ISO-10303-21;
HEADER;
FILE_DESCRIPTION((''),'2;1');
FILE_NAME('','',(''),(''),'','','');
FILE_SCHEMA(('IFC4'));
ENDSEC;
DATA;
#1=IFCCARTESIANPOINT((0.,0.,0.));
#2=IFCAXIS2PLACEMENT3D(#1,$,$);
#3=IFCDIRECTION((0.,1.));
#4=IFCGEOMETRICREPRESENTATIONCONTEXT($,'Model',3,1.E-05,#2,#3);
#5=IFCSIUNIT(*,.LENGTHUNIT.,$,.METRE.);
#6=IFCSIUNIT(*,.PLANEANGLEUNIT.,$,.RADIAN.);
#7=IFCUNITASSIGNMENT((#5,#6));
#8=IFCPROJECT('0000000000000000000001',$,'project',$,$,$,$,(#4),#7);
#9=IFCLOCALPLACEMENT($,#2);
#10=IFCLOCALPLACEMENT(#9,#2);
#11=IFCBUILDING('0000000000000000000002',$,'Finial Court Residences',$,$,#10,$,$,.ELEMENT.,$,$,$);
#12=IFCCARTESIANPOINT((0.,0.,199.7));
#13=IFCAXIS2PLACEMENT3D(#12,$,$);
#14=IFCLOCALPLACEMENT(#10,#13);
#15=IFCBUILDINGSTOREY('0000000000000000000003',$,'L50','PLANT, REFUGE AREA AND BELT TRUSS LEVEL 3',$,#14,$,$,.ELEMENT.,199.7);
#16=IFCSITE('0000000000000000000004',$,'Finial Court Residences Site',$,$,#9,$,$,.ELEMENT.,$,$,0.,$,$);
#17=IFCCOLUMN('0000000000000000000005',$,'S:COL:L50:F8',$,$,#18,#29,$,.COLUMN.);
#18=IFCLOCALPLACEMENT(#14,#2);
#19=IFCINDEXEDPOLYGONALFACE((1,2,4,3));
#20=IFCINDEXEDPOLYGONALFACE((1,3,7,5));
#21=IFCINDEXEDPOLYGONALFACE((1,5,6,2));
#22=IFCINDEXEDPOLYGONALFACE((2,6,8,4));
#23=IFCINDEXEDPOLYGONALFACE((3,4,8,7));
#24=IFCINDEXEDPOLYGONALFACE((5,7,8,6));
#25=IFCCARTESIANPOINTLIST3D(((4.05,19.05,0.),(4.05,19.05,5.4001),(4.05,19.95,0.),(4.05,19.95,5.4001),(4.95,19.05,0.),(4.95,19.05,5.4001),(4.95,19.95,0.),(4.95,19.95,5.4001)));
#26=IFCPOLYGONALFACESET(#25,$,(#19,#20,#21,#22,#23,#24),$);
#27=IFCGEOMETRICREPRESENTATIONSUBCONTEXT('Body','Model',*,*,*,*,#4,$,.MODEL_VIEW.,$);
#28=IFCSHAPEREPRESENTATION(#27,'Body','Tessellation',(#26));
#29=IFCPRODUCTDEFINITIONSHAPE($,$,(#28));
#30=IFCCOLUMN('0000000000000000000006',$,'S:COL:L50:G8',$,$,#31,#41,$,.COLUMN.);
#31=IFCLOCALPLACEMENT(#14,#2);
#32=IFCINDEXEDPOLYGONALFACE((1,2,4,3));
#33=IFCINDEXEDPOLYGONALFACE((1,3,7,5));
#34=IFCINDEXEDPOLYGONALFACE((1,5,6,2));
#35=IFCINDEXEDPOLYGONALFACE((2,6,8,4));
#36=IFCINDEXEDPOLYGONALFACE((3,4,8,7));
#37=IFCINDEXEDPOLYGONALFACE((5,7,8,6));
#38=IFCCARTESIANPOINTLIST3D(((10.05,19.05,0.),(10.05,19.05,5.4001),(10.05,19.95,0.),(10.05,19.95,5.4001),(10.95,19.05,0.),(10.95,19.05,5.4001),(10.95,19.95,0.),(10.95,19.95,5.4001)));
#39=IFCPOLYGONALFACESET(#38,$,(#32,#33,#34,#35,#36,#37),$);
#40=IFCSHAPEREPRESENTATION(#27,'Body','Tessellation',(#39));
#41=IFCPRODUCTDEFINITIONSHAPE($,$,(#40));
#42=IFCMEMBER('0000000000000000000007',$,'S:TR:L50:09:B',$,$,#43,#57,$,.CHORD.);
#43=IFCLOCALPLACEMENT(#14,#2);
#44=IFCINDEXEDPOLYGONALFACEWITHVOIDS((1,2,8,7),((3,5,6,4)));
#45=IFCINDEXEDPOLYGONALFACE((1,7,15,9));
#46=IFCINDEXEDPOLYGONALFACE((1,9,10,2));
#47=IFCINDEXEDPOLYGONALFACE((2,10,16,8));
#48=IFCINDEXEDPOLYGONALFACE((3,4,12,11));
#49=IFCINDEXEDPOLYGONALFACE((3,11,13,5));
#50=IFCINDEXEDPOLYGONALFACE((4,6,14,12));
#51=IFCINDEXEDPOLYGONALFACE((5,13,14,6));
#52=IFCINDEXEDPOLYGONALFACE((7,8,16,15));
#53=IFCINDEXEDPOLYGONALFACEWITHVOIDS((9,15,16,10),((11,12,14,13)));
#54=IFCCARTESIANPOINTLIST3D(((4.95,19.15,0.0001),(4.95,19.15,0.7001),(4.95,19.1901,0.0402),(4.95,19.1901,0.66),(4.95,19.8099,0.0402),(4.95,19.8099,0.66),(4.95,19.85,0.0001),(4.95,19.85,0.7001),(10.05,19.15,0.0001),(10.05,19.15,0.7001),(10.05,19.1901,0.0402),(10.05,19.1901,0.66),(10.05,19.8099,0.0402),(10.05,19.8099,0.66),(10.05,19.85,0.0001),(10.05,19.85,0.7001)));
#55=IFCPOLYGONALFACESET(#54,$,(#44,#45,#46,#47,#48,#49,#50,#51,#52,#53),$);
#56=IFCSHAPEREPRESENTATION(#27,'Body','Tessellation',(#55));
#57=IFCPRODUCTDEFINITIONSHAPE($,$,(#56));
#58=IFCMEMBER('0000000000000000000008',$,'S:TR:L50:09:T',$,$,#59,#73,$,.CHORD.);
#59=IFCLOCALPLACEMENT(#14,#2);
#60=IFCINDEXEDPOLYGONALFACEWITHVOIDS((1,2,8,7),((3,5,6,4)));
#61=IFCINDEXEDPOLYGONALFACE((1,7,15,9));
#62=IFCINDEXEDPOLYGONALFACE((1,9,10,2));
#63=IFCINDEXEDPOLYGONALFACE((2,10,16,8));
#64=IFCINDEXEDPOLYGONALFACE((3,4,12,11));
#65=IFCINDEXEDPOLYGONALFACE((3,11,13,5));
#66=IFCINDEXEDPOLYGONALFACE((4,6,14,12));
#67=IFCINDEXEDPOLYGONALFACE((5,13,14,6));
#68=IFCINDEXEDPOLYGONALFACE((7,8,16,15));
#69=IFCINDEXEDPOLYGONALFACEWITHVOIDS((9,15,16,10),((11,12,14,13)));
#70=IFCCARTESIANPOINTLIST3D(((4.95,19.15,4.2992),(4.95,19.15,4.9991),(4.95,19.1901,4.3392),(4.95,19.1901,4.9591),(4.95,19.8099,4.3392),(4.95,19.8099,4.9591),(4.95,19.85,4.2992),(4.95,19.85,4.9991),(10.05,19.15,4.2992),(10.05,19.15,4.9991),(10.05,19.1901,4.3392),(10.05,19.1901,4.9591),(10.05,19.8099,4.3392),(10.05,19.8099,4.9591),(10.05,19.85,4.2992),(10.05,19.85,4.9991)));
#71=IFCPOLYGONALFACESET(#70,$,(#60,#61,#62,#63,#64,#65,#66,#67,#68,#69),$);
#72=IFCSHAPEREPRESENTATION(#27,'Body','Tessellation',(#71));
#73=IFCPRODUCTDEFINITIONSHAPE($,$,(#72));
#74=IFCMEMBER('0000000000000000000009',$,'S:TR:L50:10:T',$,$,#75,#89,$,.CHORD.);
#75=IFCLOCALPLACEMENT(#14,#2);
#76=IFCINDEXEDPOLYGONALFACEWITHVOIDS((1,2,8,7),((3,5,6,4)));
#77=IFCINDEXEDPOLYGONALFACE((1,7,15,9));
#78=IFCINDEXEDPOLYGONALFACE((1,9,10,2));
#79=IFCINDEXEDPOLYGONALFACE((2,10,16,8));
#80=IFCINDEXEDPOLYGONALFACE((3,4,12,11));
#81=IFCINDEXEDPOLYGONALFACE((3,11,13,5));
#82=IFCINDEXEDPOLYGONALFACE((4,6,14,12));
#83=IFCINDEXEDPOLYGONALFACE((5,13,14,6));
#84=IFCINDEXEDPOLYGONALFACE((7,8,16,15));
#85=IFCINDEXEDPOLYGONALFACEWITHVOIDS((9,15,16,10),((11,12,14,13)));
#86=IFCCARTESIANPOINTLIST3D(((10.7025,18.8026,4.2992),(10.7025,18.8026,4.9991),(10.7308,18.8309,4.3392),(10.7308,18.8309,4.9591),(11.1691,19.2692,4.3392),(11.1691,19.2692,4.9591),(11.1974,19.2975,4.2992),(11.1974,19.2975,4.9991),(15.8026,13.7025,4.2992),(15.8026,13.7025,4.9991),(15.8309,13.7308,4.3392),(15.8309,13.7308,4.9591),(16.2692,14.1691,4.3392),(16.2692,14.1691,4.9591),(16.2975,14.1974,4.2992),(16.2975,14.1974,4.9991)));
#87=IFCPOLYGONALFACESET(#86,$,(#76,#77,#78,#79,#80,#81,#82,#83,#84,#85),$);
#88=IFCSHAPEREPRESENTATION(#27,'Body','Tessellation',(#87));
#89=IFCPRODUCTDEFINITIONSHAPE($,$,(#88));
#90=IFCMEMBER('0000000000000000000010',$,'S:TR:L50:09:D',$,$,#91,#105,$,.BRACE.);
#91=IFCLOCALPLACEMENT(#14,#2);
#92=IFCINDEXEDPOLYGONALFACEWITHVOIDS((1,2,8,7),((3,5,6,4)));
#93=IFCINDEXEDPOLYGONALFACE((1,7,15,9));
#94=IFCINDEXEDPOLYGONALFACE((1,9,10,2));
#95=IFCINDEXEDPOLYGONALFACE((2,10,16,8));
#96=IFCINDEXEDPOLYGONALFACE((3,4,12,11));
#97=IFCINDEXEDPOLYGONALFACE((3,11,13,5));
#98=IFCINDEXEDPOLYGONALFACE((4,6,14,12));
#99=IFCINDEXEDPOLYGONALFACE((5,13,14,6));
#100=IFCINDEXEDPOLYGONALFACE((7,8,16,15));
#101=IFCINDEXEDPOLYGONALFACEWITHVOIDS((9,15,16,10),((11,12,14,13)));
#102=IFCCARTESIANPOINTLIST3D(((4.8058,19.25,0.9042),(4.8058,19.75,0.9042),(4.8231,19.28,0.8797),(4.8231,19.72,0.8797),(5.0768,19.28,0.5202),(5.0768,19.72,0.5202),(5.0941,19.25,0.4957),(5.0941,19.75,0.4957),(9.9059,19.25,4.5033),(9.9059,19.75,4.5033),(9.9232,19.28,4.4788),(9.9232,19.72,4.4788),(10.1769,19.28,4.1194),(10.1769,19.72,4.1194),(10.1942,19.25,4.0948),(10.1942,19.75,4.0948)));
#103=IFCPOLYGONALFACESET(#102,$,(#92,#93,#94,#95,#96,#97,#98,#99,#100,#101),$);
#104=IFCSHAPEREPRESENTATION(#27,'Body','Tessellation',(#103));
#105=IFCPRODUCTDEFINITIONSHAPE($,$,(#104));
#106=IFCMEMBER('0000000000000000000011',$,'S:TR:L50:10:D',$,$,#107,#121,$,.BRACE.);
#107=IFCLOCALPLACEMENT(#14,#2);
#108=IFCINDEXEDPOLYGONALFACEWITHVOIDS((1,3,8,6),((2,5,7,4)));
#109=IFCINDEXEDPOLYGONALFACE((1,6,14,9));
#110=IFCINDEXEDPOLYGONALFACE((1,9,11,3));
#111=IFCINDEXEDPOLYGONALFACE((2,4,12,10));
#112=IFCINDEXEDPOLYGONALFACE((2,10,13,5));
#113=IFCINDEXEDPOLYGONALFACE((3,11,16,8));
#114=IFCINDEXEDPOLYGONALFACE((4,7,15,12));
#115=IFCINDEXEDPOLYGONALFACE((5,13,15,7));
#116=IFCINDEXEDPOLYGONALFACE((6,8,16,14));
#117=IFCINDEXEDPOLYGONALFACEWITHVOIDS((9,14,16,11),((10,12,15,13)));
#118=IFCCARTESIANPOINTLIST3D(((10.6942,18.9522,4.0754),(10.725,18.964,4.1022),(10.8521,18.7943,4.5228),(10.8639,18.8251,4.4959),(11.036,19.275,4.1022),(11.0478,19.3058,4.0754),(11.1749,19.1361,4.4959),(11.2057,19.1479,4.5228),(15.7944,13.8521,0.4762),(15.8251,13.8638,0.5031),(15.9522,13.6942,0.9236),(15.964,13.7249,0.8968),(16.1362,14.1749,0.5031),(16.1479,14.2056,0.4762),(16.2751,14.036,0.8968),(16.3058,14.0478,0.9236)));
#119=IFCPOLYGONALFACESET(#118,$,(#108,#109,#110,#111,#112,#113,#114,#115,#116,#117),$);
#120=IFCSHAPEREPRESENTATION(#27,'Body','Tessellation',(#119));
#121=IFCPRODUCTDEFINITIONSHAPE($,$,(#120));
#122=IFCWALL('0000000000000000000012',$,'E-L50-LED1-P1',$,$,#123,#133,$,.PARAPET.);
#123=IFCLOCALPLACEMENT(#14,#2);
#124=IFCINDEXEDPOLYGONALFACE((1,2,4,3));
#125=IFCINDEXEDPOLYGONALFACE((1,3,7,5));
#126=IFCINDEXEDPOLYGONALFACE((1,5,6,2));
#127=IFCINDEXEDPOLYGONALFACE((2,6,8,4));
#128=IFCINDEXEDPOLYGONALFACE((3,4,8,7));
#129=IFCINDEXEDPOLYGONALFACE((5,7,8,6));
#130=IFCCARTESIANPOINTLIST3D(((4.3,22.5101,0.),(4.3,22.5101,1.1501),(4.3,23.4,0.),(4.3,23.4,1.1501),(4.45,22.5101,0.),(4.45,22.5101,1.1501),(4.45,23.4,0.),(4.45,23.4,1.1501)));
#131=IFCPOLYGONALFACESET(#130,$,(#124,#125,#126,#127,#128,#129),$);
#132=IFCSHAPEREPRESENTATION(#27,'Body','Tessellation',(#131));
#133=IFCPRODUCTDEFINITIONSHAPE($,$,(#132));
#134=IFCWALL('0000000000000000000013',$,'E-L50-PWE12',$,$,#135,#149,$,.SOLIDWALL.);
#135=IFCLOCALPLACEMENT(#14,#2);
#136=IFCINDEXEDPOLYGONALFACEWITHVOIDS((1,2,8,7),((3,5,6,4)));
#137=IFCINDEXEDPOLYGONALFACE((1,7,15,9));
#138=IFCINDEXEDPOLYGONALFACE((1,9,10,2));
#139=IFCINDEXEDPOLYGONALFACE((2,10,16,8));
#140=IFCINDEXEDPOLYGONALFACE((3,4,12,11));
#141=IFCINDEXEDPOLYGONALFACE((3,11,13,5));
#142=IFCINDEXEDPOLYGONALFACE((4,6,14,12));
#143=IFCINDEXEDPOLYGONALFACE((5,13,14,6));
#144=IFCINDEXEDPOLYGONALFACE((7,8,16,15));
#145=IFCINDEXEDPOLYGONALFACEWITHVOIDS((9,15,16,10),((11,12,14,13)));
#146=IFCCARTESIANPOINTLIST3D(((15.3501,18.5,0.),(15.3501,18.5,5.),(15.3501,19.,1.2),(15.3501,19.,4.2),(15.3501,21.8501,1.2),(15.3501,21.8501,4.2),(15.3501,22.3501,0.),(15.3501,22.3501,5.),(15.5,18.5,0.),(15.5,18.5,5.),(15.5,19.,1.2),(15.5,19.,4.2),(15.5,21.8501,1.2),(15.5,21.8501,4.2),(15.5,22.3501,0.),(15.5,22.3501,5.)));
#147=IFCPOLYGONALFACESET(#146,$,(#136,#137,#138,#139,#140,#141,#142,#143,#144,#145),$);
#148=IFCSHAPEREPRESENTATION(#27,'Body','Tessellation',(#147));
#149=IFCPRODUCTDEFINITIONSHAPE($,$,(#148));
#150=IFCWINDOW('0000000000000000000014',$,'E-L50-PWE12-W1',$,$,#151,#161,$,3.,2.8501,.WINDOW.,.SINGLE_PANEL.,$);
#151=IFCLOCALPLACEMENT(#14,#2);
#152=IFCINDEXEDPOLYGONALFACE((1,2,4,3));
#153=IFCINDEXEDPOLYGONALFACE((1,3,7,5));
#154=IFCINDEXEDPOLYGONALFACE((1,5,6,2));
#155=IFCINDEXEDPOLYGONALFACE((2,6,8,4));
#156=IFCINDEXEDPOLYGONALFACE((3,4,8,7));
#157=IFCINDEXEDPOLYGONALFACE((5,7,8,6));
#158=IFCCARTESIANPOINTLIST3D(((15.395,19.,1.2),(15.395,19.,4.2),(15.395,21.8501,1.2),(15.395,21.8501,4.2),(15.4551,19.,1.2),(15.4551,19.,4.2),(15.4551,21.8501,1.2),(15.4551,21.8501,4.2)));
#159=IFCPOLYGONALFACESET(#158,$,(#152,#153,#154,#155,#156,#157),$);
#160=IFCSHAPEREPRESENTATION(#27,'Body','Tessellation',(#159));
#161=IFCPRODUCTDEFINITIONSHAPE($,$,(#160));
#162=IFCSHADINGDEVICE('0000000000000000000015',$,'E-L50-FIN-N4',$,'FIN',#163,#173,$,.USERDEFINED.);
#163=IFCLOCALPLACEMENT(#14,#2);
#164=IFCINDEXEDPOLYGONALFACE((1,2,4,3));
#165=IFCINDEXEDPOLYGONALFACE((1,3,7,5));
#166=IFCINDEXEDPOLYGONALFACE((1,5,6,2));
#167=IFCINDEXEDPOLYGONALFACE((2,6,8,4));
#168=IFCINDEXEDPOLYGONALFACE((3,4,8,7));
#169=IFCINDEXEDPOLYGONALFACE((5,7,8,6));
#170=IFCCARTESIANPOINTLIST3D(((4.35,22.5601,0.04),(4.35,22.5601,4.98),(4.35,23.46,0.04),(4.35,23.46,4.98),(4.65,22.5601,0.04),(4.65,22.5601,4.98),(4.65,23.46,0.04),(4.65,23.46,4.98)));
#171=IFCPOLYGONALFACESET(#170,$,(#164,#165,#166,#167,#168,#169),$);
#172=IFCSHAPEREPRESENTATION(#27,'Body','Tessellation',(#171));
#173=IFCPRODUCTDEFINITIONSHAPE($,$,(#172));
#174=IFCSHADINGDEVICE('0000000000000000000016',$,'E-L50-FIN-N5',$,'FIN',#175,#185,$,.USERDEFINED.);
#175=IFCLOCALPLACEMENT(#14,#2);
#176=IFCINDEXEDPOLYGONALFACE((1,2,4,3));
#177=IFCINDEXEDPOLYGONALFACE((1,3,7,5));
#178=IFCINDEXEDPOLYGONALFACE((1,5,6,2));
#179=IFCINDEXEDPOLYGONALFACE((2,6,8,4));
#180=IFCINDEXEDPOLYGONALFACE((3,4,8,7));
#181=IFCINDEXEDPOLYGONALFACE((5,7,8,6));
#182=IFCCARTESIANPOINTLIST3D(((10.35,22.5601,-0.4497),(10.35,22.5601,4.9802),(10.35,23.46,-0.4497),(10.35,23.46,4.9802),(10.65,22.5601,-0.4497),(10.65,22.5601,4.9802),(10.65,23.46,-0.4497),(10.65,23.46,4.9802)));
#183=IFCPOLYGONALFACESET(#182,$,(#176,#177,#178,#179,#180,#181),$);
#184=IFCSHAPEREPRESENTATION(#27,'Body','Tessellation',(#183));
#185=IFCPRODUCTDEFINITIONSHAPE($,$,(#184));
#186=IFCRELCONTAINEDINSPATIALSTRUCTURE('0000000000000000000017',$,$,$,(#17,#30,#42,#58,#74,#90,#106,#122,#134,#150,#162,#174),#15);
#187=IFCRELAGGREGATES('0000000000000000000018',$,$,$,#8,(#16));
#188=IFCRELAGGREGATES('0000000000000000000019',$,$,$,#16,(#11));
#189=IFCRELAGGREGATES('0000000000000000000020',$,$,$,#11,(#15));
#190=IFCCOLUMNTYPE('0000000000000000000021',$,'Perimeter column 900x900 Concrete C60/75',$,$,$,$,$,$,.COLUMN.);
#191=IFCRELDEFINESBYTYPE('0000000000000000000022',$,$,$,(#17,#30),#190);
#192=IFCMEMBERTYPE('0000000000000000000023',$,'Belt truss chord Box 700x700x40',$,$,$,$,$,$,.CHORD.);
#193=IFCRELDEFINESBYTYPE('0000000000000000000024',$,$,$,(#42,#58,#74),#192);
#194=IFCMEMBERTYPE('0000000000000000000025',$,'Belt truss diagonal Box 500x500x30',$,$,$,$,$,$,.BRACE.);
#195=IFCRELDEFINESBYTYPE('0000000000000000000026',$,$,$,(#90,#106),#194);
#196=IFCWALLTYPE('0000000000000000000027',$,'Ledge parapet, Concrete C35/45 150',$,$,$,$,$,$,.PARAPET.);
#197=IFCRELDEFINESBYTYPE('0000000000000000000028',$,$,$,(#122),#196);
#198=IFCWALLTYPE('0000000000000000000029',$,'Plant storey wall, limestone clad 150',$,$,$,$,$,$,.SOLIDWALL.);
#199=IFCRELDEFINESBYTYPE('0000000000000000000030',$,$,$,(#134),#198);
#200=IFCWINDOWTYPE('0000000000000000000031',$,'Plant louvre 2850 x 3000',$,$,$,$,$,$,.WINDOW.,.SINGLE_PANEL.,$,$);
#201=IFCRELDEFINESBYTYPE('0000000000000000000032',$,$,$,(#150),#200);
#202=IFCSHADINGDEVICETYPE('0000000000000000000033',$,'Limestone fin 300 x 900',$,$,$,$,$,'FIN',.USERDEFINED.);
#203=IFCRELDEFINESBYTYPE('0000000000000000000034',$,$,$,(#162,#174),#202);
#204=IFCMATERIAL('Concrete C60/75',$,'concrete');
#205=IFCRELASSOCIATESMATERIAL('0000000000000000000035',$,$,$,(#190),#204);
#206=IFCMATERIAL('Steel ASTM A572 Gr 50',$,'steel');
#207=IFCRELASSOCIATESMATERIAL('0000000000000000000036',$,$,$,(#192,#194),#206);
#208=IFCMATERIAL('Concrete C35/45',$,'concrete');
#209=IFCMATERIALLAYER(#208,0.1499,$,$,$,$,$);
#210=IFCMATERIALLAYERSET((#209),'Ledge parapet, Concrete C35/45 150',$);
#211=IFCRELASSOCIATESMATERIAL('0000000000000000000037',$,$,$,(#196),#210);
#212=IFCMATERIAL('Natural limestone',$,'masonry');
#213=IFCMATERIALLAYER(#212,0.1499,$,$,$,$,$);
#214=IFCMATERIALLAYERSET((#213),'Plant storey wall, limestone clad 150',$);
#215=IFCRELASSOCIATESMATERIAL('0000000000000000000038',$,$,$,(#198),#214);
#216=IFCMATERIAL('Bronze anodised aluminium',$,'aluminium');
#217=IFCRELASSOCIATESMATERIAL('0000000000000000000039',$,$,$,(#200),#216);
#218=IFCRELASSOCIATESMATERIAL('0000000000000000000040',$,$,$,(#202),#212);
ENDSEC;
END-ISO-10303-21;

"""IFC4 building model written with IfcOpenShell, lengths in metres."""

from ifc_helpers import new_model, si_unit, direction, frame, frame_2d, origin, origin_2d, place, context, subcontext, project, spatial, rectangle, hollow_rectangle, extrude, material, layer, layer_set, material_profile, profile_set, type_object, element, fill, save


model = new_model("IFC4")

# Units and contexts
model_context = context("Model", 3, precision=1e-05, world=origin(), true_north=direction((0.0, 1.0)))
body_context = subcontext(model_context, "Body", "Model", "MODEL_VIEW")
ifc_project = project(units=[si_unit("LENGTHUNIT", "METRE"), si_unit("PLANEANGLEUNIT", "RADIAN")], contexts=[model_context])

# Site, building, storey
site_placement = place(None, origin())
site = spatial("IfcSite", under=ifc_project, at=site_placement, Name="Finial Court Residences Site", CompositionType="ELEMENT", RefElevation=0.0)
building_placement = place(site_placement, origin())
building = spatial("IfcBuilding", under=site, at=building_placement, Name="Finial Court Residences", CompositionType="ELEMENT")
storey_placement = place(building_placement, frame((0.0, 0.0, 199.7)))
storey = spatial("IfcBuildingStorey", under=building, at=storey_placement, Name="L50", Description="PLANT, REFUGE AREA AND BELT TRUSS LEVEL 3", CompositionType="ELEMENT", Elevation=199.7)

# Columns
ifc_material_1 = material(Name="Concrete C60/75", Category="concrete")
ifc_material_profile_1 = material_profile(ifc_material_1, rectangle(XDim=0.8999, YDim=0.8999, at=origin_2d()), Name="900x900")
ifc_profile_set_1 = profile_set([ifc_material_profile_1], Name="Concrete C60/75")
column_type = type_object("IfcColumnType", Name="Perimeter column 900x900 Concrete C60/75", PredefinedType="COLUMN", material=ifc_profile_set_1)
for number, where, z_axis, x_axis, name in (
    (1, (4.5, 19.5, 0.0), (0.0, 0.0, 1.0), (1.0, 0.0, 0.0), "S:COL:L50:F8"),
    (2, (10.5, 19.5, 0.0), (0.0, 0.0, 1.0), (1.0, 0.0, 0.0), "S:COL:L50:G8"),
):
    element("IfcColumn", number, at=place(storey_placement, frame(where, z_axis=z_axis, x_axis=x_axis)), inside=storey, type_object=column_type, Name=name, PredefinedType="COLUMN", context=body_context, shape_type="SweptSolid", body=[
        extrude(rectangle(XDim=0.8999, YDim=0.8999, at=origin_2d()), origin(), (0.0, 0.0, 1.0), 5.4001),
    ])

# Members
ifc_material_2 = material(Name="Steel ASTM A572 Gr 50", Category="steel")
ifc_material_profile_2 = material_profile(ifc_material_2, hollow_rectangle(XDim=0.7, YDim=0.7, WallThickness=0.04, at=origin_2d()), Name="Box 700x700x40")
ifc_profile_set_2 = profile_set([ifc_material_profile_2], Name="Steel ASTM A572 Gr 50")
member_type_1 = type_object("IfcMemberType", Name="Belt truss chord Box 700x700x40", PredefinedType="CHORD", material=ifc_profile_set_2)
for number, where, z_axis, x_axis, name in (
    (3, (4.95, 19.5, 0.3501), (1.0, 0.0, 0.0), (0.0, 1.0, 0.0), "S:TR:L50:09:B"),
    (4, (4.95, 19.5, 4.6492), (1.0, 0.0, 0.0), (0.0, 1.0, 0.0), "S:TR:L50:09:T"),
):
    element("IfcMember", number, at=place(storey_placement, frame(where, z_axis=z_axis, x_axis=x_axis)), inside=storey, type_object=member_type_1, Name=name, PredefinedType="CHORD", context=body_context, shape_type="SweptSolid", body=[
        extrude(hollow_rectangle(XDim=0.7, YDim=0.7, WallThickness=0.04, at=origin_2d()), origin(), (0.0, 0.0, 1.0), 5.1001),
    ])
member_1_placement = place(storey_placement, frame((10.95, 19.05, 4.6492), z_axis=(0.707107, -0.707107, 0.0), x_axis=(0.707107, 0.707107, 0.0)))
element("IfcMember", 5, at=member_1_placement, inside=storey, type_object=member_type_1, Name="S:TR:L50:10:T", PredefinedType="CHORD", context=body_context, shape_type="SweptSolid", body=[
    extrude(hollow_rectangle(XDim=0.7, YDim=0.7, WallThickness=0.04, at=origin_2d()), origin(), (0.0, 0.0, 1.0), 7.2126),
])
ifc_material_profile_3 = material_profile(ifc_material_2, hollow_rectangle(XDim=0.5, YDim=0.5, WallThickness=0.03, at=origin_2d()), Name="Box 500x500x30")
ifc_profile_set_3 = profile_set([ifc_material_profile_3], Name="Steel ASTM A572 Gr 50")
member_type_2 = type_object("IfcMemberType", Name="Belt truss diagonal Box 500x500x30", PredefinedType="BRACE", material=ifc_profile_set_3)
member_2_placement = place(storey_placement, frame((4.95, 19.5, 0.7), z_axis=(0.817039, 0.0, 0.576582), x_axis=(0.0, 1.0, 0.0)))
element("IfcMember", 6, at=member_2_placement, inside=storey, type_object=member_type_2, Name="S:TR:L50:09:D", PredefinedType="BRACE", context=body_context, shape_type="SweptSolid", body=[
    extrude(hollow_rectangle(XDim=0.5, YDim=0.5, WallThickness=0.03, at=origin_2d()), origin(), (0.0, 0.0, 1.0), 6.2422),
])
member_3_placement = place(storey_placement, frame((10.95, 19.05, 4.2991), z_axis=(0.632708, -0.632708, -0.4465), x_axis=(0.707107, 0.707107, 0.0)))
element("IfcMember", 7, at=member_3_placement, inside=storey, type_object=member_type_2, Name="S:TR:L50:10:D", PredefinedType="BRACE", context=body_context, shape_type="SweptSolid", body=[
    extrude(hollow_rectangle(XDim=0.5, YDim=0.5, WallThickness=0.03, at=origin_2d()), origin(), (0.0, 0.0, 1.0), 8.0608),
])

# Wall
ifc_material_3 = material(Name="Concrete C35/45", Category="concrete")
ifc_layer_1 = layer(ifc_material_3, 0.1499)
ifc_layer_set_1 = layer_set([ifc_layer_1], Name="Ledge parapet, Concrete C35/45 150")
wall_type_1 = type_object("IfcWallType", Name="Ledge parapet, Concrete C35/45 150", PredefinedType="PARAPET", material=ifc_layer_set_1)
wall_1_placement = place(storey_placement, frame((4.375, 23.3999, 0.0), z_axis=(0.0, 0.0, 1.0), x_axis=(0.0, -1.0, 0.0)))
element("IfcWall", 8, at=wall_1_placement, inside=storey, type_object=wall_type_1, Name="E-L50-LED1-P1", PredefinedType="PARAPET", context=body_context, shape_type="SweptSolid", body=[
    extrude(rectangle(XDim=0.8899, YDim=0.1499, at=frame_2d((0.4448, 0.0))), origin(), (0.0, 0.0, 1.0), 1.1501),
])

# Wall, opening, window
ifc_material_4 = material(Name="Natural limestone", Category="masonry")
ifc_layer_2 = layer(ifc_material_4, 0.1499)
ifc_layer_set_2 = layer_set([ifc_layer_2], Name="Plant storey wall, limestone clad 150")
wall_type_2 = type_object("IfcWallType", Name="Plant storey wall, limestone clad 150", PredefinedType="SOLIDWALL", material=ifc_layer_set_2)
wall_2_placement = place(storey_placement, frame((15.425, 22.3501, 0.0), z_axis=(0.0, 0.0, 1.0), x_axis=(0.0, -1.0, 0.0)))
wall_2 = element("IfcWall", 9, at=wall_2_placement, inside=storey, type_object=wall_type_2, Name="E-L50-PWE12", PredefinedType="SOLIDWALL", context=body_context, shape_type="SweptSolid", body=[
    extrude(rectangle(XDim=3.8501, YDim=0.1499, at=frame_2d((1.925, 0.0))), origin(), (0.0, 0.0, 1.0), 5.0),
])
opening_placement = place(wall_2_placement, frame((0.5, 0.0, 1.2)))
opening = element("IfcOpeningElement", 10, at=opening_placement, cuts=wall_2, PredefinedType="OPENING", context=body_context, shape_type="SweptSolid", body=[
    extrude(rectangle(XDim=2.8501, YDim=3.0, at=frame_2d((1.425, 1.5))), frame((0.0, 0.085, 0.0), z_axis=(0.0, -1.0, 0.0), x_axis=(1.0, 0.0, 0.0)), (0.0, 0.0, 1.0), 0.1699),
])
ifc_material_5 = material(Name="Bronze anodised aluminium", Category="aluminium")
window_type = type_object("IfcWindowType", Name="Plant louvre 2850 x 3000", PartitioningType="SINGLE_PANEL", PredefinedType="WINDOW", material=ifc_material_5)
window_placement = place(opening_placement, origin())
window = element("IfcWindow", 11, at=window_placement, inside=storey, type_object=window_type, Name="E-L50-PWE12-W1", OverallHeight=3.0, OverallWidth=2.8501, PartitioningType="SINGLE_PANEL", PredefinedType="WINDOW", context=body_context, shape_type="SweptSolid", body=[
    extrude(rectangle(XDim=2.8501, YDim=3.0, at=frame_2d((1.425, 1.5))), frame((0.0, 0.03, 0.0), z_axis=(0.0, -1.0, 0.0), x_axis=(1.0, 0.0, 0.0)), (0.0, 0.0, 1.0), 0.0601),
])
fill(opening, window)

# Shading devices
shading_device_type = type_object("IfcShadingDeviceType", Name="Limestone fin 300 x 900", ElementType="FIN", PredefinedType="USERDEFINED", material=ifc_material_4)
shading_device_placement = place(storey_placement, frame((4.5, 23.01, 0.04), z_axis=(0.0, 0.0, 1.0), x_axis=(1.0, 0.0, 0.0)))
element("IfcShadingDevice", 12, at=shading_device_placement, inside=storey, type_object=shading_device_type, Name="E-L50-FIN-N4", ObjectType="FIN", PredefinedType="USERDEFINED", context=body_context, shape_type="SweptSolid", body=[
    extrude(rectangle(XDim=0.3, YDim=0.8999, at=origin_2d()), origin(), (0.0, 0.0, 1.0), 4.9399),
])
for number, where, z_axis, x_axis, name in (
    (13, (10.5, 23.01, -0.4497), (0.0, 0.0, 1.0), (1.0, 0.0, 0.0), "E-L50-FIN-N5"),
):
    element("IfcShadingDevice", number, at=place(storey_placement, frame(where, z_axis=z_axis, x_axis=x_axis)), inside=storey, type_object=shading_device_type, Name=name, ObjectType="FIN", PredefinedType="USERDEFINED", context=body_context, shape_type="SweptSolid", body=[
        extrude(rectangle(XDim=0.3, YDim=0.8999, at=origin_2d()), origin(), (0.0, 0.0, 1.0), 5.4299),
    ])

save(model, "model.ifc")
